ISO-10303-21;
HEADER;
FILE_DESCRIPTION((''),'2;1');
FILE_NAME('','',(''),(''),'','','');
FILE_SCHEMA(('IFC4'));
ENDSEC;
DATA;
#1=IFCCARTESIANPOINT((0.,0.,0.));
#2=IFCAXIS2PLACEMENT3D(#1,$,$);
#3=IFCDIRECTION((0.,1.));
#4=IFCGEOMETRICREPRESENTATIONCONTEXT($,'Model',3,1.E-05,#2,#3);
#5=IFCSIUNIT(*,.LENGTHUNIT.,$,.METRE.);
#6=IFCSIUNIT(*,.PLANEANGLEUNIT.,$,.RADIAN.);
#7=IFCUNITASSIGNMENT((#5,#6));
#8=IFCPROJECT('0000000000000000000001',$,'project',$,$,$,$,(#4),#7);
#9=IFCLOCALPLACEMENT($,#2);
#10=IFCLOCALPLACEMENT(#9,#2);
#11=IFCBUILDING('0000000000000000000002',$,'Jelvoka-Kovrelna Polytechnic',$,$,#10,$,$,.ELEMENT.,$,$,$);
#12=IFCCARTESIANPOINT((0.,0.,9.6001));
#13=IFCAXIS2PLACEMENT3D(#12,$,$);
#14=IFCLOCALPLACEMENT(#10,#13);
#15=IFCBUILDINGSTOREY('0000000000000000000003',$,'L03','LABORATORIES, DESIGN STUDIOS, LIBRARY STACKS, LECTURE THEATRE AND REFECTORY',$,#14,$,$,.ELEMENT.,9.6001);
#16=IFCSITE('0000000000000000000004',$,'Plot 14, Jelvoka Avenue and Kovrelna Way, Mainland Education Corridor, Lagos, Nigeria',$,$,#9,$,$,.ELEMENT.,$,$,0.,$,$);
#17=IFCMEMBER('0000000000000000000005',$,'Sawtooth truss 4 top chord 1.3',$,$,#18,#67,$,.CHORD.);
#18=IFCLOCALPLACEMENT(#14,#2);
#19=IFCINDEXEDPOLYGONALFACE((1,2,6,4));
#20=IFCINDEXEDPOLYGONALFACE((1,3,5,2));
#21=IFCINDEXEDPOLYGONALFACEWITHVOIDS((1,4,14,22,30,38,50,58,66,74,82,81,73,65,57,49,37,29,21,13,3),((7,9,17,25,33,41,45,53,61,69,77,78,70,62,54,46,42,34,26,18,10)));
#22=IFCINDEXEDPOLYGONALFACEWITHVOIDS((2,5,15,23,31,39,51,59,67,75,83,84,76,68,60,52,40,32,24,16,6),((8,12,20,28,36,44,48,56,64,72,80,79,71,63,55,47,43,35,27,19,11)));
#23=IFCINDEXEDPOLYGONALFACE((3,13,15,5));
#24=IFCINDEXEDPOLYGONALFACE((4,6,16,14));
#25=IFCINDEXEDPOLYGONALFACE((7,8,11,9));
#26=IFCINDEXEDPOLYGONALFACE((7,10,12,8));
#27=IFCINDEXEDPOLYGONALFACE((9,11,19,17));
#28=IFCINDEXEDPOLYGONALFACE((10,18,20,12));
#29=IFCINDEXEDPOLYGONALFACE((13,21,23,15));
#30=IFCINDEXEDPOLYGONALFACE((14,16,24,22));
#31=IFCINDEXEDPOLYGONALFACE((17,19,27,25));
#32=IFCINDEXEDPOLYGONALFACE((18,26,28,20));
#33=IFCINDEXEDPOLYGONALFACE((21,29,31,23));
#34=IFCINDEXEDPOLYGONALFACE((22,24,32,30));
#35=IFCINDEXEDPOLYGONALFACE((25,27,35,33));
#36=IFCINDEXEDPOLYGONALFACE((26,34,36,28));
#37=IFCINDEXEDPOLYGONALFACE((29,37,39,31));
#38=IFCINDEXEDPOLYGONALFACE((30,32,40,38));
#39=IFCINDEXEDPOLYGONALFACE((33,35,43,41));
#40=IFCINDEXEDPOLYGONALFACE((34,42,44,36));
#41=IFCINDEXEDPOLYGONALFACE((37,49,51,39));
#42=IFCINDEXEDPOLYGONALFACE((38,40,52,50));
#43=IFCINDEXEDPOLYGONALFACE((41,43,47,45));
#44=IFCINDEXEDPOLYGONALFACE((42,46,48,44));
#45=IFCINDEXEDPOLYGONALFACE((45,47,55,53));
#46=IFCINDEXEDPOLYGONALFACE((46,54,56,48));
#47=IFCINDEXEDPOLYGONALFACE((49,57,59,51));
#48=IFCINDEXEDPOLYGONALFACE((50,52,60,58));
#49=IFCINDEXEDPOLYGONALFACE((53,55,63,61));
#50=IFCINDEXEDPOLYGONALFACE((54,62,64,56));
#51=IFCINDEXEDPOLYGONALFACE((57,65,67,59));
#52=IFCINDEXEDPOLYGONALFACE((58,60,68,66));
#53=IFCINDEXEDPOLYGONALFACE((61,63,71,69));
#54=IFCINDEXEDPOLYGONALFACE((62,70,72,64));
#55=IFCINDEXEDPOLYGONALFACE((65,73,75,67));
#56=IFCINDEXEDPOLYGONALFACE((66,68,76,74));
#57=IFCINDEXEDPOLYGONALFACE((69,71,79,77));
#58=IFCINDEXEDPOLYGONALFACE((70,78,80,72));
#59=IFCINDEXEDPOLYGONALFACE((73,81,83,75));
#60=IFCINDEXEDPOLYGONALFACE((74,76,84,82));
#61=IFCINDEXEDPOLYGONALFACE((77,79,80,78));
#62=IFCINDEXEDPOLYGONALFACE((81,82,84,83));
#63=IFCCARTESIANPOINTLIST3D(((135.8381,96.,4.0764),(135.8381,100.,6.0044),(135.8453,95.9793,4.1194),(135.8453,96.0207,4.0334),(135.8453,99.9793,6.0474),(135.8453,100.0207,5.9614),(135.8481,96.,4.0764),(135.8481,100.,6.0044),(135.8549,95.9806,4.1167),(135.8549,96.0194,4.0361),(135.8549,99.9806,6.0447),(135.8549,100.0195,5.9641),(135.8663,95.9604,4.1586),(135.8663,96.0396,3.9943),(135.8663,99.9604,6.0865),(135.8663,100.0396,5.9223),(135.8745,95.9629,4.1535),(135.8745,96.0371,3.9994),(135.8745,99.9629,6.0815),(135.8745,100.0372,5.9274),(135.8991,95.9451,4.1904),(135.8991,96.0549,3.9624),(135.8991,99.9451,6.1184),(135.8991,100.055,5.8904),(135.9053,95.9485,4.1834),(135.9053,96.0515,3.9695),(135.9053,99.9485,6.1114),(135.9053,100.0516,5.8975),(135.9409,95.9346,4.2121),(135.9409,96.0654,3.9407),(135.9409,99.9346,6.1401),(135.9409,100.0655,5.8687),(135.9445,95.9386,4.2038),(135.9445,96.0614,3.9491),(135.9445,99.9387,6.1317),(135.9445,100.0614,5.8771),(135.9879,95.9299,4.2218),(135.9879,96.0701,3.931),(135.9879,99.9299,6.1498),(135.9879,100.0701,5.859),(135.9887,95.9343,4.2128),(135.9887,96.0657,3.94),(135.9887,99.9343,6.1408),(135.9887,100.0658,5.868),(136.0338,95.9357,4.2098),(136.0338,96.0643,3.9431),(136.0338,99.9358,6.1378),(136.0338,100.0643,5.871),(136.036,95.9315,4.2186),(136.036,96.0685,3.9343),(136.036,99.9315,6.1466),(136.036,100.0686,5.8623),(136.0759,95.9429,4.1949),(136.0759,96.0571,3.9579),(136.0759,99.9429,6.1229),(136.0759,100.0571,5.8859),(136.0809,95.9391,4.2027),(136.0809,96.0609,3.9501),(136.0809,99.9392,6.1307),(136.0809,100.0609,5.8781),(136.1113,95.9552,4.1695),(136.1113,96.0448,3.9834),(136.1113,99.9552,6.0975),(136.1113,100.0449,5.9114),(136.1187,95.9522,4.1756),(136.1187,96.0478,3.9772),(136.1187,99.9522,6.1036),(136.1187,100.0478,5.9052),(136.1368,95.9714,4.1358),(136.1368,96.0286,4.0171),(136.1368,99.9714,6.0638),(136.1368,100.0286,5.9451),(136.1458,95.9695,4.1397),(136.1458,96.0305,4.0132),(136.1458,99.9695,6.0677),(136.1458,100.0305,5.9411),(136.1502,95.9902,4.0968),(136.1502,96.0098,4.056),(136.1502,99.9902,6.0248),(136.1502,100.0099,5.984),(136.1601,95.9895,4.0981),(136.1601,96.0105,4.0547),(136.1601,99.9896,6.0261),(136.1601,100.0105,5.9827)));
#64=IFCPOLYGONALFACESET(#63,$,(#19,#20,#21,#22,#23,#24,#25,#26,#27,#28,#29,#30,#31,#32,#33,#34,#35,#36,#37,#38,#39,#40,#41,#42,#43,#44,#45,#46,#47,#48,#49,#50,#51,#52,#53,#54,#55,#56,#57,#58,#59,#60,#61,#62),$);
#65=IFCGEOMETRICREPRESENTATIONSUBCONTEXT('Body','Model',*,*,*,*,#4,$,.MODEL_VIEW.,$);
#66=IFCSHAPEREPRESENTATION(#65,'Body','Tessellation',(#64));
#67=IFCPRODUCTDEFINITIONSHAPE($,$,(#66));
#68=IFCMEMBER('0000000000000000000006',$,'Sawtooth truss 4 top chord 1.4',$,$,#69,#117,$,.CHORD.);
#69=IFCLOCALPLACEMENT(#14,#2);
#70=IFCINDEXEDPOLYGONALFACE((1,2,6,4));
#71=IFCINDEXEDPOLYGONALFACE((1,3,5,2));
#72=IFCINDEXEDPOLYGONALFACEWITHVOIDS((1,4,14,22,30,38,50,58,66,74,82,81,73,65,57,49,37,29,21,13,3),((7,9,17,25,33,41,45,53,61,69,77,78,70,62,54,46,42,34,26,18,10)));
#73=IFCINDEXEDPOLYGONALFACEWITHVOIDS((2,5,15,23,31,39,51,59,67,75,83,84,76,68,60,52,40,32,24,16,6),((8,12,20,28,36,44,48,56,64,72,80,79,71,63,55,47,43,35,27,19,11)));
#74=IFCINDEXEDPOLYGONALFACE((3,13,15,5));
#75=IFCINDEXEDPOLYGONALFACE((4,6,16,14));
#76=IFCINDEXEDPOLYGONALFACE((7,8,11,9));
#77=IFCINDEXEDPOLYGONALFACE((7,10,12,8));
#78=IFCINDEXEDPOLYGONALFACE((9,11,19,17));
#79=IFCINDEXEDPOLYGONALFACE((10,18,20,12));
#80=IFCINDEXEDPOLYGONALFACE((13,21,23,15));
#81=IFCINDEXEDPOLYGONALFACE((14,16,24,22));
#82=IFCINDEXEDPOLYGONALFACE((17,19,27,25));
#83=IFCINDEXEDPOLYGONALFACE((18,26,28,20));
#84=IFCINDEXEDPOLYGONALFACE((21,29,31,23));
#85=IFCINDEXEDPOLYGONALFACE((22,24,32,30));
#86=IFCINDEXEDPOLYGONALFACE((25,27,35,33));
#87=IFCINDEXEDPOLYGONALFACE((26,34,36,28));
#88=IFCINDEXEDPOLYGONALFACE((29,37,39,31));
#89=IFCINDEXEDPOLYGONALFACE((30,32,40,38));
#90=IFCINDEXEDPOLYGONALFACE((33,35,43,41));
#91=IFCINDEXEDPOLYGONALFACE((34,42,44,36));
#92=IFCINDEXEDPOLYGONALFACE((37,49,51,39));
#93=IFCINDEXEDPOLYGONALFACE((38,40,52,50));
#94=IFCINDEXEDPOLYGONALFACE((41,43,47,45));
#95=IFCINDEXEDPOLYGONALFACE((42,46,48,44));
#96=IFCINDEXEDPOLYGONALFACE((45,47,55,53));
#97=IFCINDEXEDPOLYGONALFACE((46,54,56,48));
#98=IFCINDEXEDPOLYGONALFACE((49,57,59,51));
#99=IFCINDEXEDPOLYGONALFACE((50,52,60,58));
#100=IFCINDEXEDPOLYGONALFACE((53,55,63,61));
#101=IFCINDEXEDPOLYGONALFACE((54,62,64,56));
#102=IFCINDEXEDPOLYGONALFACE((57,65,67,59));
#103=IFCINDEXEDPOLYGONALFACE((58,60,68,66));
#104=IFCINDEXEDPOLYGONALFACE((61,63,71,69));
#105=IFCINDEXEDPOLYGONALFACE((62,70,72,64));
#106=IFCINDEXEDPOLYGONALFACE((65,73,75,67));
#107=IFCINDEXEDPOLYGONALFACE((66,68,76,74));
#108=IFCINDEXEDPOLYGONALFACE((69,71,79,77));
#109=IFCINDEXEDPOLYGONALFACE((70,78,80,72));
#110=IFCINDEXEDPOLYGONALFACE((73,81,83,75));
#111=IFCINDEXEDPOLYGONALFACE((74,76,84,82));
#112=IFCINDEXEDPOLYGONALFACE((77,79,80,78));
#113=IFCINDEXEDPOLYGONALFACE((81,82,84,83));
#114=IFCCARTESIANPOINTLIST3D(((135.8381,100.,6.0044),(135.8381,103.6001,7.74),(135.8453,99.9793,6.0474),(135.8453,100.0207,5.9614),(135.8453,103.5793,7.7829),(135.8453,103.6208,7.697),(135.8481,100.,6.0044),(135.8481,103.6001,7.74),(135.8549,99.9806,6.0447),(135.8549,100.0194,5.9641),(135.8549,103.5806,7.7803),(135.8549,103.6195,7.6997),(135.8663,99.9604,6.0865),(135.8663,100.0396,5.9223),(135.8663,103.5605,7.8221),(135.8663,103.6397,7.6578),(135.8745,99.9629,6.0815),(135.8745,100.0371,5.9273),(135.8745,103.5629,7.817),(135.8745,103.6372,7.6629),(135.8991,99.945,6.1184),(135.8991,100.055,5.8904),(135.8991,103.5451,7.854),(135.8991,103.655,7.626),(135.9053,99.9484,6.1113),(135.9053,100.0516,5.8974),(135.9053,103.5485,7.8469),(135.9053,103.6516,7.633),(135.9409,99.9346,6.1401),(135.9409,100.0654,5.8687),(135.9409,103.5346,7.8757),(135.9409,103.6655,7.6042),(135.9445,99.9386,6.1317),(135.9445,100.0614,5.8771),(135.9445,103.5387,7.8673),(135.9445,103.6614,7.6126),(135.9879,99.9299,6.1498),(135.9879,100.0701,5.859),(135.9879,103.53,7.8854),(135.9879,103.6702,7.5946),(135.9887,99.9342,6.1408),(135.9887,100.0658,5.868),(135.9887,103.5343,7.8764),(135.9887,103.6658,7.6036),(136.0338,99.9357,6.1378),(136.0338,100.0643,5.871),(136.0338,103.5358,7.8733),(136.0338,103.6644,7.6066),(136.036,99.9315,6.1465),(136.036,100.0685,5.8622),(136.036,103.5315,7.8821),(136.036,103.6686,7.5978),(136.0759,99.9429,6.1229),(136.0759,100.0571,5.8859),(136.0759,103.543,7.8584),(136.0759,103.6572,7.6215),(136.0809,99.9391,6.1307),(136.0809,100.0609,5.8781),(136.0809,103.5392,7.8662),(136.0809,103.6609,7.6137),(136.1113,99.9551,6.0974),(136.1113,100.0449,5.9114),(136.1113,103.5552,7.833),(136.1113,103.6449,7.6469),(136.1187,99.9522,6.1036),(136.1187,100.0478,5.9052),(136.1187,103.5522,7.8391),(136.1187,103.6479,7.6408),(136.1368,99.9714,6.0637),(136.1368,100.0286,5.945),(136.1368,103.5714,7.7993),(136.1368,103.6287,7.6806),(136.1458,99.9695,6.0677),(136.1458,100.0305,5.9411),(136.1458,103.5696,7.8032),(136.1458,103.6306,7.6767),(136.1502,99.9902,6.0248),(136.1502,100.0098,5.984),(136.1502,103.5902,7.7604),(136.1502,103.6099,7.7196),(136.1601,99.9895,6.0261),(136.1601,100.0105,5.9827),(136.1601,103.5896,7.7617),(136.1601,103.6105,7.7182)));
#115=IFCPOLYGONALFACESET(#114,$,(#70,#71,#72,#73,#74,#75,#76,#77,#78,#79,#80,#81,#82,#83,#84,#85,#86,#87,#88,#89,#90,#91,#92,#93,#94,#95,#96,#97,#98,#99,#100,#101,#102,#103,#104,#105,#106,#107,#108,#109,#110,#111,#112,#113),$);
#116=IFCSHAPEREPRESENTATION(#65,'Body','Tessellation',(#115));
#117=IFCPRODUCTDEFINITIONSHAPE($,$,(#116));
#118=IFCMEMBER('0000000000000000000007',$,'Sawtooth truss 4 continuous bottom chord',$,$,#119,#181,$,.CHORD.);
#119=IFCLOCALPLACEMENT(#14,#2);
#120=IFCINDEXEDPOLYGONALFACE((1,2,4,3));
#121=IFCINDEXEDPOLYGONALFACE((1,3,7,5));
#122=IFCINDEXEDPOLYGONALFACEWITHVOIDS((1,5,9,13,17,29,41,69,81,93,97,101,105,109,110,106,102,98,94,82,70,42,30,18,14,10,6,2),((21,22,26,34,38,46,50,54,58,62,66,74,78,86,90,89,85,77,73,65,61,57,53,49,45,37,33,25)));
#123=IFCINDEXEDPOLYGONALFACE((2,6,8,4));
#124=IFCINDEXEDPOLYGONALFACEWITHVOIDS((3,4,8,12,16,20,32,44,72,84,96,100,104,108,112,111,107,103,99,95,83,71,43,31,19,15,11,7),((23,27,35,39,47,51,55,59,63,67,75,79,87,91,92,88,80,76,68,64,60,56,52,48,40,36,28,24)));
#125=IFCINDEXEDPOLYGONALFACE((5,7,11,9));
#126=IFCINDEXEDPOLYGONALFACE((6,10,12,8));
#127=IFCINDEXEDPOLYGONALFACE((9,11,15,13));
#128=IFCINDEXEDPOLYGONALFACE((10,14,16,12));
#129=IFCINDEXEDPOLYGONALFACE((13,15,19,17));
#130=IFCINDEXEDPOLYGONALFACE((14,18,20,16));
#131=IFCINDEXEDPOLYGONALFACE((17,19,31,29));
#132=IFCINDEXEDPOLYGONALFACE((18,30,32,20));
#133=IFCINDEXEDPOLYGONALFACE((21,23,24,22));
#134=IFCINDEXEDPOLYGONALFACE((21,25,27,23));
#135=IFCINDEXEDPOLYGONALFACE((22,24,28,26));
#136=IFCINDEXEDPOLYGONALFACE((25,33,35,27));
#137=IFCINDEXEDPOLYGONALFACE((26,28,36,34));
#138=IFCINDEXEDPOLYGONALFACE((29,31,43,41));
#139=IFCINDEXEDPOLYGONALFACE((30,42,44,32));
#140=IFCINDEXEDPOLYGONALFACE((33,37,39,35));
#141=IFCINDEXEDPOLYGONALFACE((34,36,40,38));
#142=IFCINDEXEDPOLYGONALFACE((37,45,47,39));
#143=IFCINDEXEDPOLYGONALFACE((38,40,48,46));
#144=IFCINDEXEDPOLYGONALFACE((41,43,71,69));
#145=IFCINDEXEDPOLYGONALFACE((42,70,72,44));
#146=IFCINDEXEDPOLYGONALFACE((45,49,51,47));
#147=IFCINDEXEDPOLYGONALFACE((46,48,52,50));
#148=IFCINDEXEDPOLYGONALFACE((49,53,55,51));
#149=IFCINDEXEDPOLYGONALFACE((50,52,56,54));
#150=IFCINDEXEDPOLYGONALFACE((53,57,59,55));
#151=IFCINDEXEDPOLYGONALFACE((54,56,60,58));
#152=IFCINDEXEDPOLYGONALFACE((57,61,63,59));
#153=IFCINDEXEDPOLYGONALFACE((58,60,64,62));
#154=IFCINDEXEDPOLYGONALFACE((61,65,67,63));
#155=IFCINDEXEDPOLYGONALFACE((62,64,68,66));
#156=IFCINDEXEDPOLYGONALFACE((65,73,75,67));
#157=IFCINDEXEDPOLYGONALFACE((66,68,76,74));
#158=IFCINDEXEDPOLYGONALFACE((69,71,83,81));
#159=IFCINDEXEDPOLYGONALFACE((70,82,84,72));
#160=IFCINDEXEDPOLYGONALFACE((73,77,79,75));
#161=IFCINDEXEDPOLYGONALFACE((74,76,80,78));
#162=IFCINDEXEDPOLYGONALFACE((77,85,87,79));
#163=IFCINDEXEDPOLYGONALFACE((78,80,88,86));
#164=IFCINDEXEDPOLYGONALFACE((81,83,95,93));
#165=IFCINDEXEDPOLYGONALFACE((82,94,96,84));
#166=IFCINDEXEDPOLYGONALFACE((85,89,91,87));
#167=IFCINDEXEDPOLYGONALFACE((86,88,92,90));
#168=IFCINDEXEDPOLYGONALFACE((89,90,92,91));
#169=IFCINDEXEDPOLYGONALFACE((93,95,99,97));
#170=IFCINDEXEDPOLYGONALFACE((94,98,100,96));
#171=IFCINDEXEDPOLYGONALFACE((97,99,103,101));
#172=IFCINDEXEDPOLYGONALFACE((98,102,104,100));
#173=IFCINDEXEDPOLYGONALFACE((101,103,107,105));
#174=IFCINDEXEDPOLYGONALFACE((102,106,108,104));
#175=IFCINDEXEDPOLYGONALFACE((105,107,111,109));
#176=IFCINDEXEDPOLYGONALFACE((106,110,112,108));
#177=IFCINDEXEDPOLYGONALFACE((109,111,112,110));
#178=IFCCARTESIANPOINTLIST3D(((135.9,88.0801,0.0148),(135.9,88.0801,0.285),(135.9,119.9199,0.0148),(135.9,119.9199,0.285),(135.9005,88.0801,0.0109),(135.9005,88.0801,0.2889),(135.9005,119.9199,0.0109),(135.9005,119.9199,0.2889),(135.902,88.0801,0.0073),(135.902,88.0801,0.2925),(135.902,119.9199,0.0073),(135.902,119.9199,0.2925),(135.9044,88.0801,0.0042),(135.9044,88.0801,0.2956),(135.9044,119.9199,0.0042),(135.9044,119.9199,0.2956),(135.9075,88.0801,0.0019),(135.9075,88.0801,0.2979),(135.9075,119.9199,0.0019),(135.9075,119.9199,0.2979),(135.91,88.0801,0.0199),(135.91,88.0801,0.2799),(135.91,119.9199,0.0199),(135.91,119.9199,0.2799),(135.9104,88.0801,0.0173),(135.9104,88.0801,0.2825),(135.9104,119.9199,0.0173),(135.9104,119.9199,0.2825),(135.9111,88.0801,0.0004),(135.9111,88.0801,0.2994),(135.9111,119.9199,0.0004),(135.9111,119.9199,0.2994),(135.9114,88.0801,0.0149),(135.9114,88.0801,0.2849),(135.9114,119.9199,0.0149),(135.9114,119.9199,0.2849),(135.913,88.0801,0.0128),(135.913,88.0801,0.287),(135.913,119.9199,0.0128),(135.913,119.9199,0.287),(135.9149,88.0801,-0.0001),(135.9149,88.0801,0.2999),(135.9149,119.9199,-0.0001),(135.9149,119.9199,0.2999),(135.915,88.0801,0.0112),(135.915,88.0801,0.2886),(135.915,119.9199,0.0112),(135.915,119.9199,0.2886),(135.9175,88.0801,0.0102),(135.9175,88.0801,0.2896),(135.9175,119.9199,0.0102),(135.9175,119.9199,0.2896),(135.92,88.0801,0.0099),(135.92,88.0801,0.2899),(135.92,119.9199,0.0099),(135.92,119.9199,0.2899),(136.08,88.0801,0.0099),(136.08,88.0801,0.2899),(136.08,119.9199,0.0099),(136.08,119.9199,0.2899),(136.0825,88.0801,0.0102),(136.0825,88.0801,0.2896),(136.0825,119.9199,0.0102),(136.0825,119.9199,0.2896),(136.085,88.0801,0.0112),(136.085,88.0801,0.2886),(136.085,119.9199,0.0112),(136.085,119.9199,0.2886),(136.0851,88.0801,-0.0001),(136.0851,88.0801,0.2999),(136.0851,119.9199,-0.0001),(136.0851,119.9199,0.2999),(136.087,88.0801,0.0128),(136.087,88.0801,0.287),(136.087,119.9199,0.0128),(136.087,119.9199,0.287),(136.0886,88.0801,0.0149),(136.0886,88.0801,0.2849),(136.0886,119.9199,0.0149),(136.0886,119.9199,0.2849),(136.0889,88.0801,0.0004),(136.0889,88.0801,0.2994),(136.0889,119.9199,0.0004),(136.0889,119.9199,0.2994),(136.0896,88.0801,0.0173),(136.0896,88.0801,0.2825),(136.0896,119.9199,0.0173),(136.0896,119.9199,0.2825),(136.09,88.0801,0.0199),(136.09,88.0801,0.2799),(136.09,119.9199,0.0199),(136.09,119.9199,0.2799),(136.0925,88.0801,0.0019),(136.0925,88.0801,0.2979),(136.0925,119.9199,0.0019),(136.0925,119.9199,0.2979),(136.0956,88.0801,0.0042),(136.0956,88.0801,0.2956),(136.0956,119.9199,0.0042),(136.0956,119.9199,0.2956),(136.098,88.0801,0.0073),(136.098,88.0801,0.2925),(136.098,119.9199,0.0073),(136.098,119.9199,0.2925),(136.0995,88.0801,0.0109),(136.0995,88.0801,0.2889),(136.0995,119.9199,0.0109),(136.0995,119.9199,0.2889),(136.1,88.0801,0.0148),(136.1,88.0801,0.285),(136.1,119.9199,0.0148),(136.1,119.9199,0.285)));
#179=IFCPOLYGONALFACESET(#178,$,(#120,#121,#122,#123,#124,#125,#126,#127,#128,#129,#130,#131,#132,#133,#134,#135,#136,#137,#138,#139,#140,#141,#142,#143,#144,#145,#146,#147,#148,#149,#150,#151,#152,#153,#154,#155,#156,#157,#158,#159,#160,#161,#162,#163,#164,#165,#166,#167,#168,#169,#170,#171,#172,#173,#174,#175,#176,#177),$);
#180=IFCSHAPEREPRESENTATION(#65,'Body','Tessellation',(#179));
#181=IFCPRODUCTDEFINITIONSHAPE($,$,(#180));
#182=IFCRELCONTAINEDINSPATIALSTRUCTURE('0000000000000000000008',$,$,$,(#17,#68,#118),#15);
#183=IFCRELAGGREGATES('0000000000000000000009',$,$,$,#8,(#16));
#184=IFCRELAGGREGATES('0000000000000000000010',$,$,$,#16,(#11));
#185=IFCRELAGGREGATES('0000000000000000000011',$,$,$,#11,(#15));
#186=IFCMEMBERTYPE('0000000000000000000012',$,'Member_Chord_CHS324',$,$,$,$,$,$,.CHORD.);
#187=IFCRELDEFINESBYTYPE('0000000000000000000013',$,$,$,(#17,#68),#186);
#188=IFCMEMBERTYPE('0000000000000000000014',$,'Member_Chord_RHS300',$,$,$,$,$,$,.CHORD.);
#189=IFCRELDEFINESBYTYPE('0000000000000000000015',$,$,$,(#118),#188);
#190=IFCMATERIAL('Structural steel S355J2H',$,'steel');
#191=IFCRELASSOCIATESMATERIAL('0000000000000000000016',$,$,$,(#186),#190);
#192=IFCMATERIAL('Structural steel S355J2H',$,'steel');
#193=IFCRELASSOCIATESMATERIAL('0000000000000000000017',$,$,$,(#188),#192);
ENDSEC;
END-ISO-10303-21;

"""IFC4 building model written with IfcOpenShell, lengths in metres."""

from ifc_helpers import new_model, si_unit, direction, frame, origin, origin_2d, place, context, subcontext, project, spatial, hollow_rectangle, hollow_circle, extrude, material, material_profile, profile_set, type_object, element, save


model = new_model("IFC4")

# Units and contexts
model_context = context("Model", 3, precision=1e-05, world=origin(), true_north=direction((0.0, 1.0)))
body_context = subcontext(model_context, "Body", "Model", "MODEL_VIEW")
ifc_project = project(units=[si_unit("LENGTHUNIT", "METRE"), si_unit("PLANEANGLEUNIT", "RADIAN")], contexts=[model_context])

# Site, building, storey
site_placement = place(None, origin())
site = spatial("IfcSite", under=ifc_project, at=site_placement, Name="Plot 14, Jelvoka Avenue and Kovrelna Way, Mainland Education Corridor, Lagos, Nigeria", CompositionType="ELEMENT", RefElevation=0.0)
building_placement = place(site_placement, origin())
building = spatial("IfcBuilding", under=site, at=building_placement, Name="Jelvoka-Kovrelna Polytechnic", CompositionType="ELEMENT")
storey_placement = place(building_placement, frame((0.0, 0.0, 9.6001)))
storey = spatial("IfcBuildingStorey", under=building, at=storey_placement, Name="L03", Description="LABORATORIES, DESIGN STUDIOS, LIBRARY STACKS, LECTURE THEATRE AND REFECTORY", CompositionType="ELEMENT", Elevation=9.6001)

# Members
ifc_material_1 = material(Name="Structural steel S355J2H", Category="steel")
ifc_material_profile_1 = material_profile(ifc_material_1, hollow_circle(Radius=0.1619, WallThickness=0.01, at=origin_2d()), Name="323.9x10.0 CHS")
ifc_profile_set_1 = profile_set([ifc_material_profile_1], Name="Structural steel S355J2H")
member_type_1 = type_object("IfcMemberType", Name="Member_Chord_CHS324", PredefinedType="CHORD", material=ifc_profile_set_1)
for number, where, z_axis, x_axis, name in (
    (1, (136.0, 96.0, 4.0764), (0.0, 0.900821, 0.434191), (-1.0, 0.0, 0.0), "Sawtooth truss 4 top chord 1.3"),
):
    element("IfcMember", number, at=place(storey_placement, frame(where, z_axis=z_axis, x_axis=x_axis)), inside=storey, type_object=member_type_1, Name=name, PredefinedType="CHORD", context=body_context, shape_type="SweptSolid", body=[
        extrude(hollow_circle(Radius=0.1619, WallThickness=0.01, at=origin_2d()), origin(), (0.0, 0.0, 1.0), 4.4404),
    ])
member_1_placement = place(storey_placement, frame((136.0, 100.0, 6.0044), z_axis=(0.0, 0.900785, 0.434266), x_axis=(-1.0, 0.0, 0.0)))
element("IfcMember", 2, at=member_1_placement, inside=storey, type_object=member_type_1, Name="Sawtooth truss 4 top chord 1.4", PredefinedType="CHORD", context=body_context, shape_type="SweptSolid", body=[
    extrude(hollow_circle(Radius=0.1619, WallThickness=0.01, at=origin_2d()), origin(), (0.0, 0.0, 1.0), 3.9966),
])
ifc_material_2 = material(Name="Structural steel S355J2H", Category="steel")
ifc_material_profile_2 = material_profile(ifc_material_2, hollow_rectangle(XDim=0.2, YDim=0.3, WallThickness=0.01, InnerFilletRadius=0.01, OuterFilletRadius=0.0149, at=origin_2d()), Name="300x200x10.0 RHS")
ifc_profile_set_2 = profile_set([ifc_material_profile_2], Name="Structural steel S355J2H")
member_type_2 = type_object("IfcMemberType", Name="Member_Chord_RHS300", PredefinedType="CHORD", material=ifc_profile_set_2)
member_2_placement = place(storey_placement, frame((136.0, 88.0801, 0.1499), z_axis=(0.0, 1.0, 0.0), x_axis=(-1.0, 0.0, 0.0)))
element("IfcMember", 3, at=member_2_placement, inside=storey, type_object=member_type_2, Name="Sawtooth truss 4 continuous bottom chord", PredefinedType="CHORD", context=body_context, shape_type="SweptSolid", body=[
    extrude(hollow_rectangle(XDim=0.2, YDim=0.3, WallThickness=0.01, InnerFilletRadius=0.01, OuterFilletRadius=0.0149, at=origin_2d()), origin(), (0.0, 0.0, 1.0), 31.8398),
])

save(model, "model.ifc")
